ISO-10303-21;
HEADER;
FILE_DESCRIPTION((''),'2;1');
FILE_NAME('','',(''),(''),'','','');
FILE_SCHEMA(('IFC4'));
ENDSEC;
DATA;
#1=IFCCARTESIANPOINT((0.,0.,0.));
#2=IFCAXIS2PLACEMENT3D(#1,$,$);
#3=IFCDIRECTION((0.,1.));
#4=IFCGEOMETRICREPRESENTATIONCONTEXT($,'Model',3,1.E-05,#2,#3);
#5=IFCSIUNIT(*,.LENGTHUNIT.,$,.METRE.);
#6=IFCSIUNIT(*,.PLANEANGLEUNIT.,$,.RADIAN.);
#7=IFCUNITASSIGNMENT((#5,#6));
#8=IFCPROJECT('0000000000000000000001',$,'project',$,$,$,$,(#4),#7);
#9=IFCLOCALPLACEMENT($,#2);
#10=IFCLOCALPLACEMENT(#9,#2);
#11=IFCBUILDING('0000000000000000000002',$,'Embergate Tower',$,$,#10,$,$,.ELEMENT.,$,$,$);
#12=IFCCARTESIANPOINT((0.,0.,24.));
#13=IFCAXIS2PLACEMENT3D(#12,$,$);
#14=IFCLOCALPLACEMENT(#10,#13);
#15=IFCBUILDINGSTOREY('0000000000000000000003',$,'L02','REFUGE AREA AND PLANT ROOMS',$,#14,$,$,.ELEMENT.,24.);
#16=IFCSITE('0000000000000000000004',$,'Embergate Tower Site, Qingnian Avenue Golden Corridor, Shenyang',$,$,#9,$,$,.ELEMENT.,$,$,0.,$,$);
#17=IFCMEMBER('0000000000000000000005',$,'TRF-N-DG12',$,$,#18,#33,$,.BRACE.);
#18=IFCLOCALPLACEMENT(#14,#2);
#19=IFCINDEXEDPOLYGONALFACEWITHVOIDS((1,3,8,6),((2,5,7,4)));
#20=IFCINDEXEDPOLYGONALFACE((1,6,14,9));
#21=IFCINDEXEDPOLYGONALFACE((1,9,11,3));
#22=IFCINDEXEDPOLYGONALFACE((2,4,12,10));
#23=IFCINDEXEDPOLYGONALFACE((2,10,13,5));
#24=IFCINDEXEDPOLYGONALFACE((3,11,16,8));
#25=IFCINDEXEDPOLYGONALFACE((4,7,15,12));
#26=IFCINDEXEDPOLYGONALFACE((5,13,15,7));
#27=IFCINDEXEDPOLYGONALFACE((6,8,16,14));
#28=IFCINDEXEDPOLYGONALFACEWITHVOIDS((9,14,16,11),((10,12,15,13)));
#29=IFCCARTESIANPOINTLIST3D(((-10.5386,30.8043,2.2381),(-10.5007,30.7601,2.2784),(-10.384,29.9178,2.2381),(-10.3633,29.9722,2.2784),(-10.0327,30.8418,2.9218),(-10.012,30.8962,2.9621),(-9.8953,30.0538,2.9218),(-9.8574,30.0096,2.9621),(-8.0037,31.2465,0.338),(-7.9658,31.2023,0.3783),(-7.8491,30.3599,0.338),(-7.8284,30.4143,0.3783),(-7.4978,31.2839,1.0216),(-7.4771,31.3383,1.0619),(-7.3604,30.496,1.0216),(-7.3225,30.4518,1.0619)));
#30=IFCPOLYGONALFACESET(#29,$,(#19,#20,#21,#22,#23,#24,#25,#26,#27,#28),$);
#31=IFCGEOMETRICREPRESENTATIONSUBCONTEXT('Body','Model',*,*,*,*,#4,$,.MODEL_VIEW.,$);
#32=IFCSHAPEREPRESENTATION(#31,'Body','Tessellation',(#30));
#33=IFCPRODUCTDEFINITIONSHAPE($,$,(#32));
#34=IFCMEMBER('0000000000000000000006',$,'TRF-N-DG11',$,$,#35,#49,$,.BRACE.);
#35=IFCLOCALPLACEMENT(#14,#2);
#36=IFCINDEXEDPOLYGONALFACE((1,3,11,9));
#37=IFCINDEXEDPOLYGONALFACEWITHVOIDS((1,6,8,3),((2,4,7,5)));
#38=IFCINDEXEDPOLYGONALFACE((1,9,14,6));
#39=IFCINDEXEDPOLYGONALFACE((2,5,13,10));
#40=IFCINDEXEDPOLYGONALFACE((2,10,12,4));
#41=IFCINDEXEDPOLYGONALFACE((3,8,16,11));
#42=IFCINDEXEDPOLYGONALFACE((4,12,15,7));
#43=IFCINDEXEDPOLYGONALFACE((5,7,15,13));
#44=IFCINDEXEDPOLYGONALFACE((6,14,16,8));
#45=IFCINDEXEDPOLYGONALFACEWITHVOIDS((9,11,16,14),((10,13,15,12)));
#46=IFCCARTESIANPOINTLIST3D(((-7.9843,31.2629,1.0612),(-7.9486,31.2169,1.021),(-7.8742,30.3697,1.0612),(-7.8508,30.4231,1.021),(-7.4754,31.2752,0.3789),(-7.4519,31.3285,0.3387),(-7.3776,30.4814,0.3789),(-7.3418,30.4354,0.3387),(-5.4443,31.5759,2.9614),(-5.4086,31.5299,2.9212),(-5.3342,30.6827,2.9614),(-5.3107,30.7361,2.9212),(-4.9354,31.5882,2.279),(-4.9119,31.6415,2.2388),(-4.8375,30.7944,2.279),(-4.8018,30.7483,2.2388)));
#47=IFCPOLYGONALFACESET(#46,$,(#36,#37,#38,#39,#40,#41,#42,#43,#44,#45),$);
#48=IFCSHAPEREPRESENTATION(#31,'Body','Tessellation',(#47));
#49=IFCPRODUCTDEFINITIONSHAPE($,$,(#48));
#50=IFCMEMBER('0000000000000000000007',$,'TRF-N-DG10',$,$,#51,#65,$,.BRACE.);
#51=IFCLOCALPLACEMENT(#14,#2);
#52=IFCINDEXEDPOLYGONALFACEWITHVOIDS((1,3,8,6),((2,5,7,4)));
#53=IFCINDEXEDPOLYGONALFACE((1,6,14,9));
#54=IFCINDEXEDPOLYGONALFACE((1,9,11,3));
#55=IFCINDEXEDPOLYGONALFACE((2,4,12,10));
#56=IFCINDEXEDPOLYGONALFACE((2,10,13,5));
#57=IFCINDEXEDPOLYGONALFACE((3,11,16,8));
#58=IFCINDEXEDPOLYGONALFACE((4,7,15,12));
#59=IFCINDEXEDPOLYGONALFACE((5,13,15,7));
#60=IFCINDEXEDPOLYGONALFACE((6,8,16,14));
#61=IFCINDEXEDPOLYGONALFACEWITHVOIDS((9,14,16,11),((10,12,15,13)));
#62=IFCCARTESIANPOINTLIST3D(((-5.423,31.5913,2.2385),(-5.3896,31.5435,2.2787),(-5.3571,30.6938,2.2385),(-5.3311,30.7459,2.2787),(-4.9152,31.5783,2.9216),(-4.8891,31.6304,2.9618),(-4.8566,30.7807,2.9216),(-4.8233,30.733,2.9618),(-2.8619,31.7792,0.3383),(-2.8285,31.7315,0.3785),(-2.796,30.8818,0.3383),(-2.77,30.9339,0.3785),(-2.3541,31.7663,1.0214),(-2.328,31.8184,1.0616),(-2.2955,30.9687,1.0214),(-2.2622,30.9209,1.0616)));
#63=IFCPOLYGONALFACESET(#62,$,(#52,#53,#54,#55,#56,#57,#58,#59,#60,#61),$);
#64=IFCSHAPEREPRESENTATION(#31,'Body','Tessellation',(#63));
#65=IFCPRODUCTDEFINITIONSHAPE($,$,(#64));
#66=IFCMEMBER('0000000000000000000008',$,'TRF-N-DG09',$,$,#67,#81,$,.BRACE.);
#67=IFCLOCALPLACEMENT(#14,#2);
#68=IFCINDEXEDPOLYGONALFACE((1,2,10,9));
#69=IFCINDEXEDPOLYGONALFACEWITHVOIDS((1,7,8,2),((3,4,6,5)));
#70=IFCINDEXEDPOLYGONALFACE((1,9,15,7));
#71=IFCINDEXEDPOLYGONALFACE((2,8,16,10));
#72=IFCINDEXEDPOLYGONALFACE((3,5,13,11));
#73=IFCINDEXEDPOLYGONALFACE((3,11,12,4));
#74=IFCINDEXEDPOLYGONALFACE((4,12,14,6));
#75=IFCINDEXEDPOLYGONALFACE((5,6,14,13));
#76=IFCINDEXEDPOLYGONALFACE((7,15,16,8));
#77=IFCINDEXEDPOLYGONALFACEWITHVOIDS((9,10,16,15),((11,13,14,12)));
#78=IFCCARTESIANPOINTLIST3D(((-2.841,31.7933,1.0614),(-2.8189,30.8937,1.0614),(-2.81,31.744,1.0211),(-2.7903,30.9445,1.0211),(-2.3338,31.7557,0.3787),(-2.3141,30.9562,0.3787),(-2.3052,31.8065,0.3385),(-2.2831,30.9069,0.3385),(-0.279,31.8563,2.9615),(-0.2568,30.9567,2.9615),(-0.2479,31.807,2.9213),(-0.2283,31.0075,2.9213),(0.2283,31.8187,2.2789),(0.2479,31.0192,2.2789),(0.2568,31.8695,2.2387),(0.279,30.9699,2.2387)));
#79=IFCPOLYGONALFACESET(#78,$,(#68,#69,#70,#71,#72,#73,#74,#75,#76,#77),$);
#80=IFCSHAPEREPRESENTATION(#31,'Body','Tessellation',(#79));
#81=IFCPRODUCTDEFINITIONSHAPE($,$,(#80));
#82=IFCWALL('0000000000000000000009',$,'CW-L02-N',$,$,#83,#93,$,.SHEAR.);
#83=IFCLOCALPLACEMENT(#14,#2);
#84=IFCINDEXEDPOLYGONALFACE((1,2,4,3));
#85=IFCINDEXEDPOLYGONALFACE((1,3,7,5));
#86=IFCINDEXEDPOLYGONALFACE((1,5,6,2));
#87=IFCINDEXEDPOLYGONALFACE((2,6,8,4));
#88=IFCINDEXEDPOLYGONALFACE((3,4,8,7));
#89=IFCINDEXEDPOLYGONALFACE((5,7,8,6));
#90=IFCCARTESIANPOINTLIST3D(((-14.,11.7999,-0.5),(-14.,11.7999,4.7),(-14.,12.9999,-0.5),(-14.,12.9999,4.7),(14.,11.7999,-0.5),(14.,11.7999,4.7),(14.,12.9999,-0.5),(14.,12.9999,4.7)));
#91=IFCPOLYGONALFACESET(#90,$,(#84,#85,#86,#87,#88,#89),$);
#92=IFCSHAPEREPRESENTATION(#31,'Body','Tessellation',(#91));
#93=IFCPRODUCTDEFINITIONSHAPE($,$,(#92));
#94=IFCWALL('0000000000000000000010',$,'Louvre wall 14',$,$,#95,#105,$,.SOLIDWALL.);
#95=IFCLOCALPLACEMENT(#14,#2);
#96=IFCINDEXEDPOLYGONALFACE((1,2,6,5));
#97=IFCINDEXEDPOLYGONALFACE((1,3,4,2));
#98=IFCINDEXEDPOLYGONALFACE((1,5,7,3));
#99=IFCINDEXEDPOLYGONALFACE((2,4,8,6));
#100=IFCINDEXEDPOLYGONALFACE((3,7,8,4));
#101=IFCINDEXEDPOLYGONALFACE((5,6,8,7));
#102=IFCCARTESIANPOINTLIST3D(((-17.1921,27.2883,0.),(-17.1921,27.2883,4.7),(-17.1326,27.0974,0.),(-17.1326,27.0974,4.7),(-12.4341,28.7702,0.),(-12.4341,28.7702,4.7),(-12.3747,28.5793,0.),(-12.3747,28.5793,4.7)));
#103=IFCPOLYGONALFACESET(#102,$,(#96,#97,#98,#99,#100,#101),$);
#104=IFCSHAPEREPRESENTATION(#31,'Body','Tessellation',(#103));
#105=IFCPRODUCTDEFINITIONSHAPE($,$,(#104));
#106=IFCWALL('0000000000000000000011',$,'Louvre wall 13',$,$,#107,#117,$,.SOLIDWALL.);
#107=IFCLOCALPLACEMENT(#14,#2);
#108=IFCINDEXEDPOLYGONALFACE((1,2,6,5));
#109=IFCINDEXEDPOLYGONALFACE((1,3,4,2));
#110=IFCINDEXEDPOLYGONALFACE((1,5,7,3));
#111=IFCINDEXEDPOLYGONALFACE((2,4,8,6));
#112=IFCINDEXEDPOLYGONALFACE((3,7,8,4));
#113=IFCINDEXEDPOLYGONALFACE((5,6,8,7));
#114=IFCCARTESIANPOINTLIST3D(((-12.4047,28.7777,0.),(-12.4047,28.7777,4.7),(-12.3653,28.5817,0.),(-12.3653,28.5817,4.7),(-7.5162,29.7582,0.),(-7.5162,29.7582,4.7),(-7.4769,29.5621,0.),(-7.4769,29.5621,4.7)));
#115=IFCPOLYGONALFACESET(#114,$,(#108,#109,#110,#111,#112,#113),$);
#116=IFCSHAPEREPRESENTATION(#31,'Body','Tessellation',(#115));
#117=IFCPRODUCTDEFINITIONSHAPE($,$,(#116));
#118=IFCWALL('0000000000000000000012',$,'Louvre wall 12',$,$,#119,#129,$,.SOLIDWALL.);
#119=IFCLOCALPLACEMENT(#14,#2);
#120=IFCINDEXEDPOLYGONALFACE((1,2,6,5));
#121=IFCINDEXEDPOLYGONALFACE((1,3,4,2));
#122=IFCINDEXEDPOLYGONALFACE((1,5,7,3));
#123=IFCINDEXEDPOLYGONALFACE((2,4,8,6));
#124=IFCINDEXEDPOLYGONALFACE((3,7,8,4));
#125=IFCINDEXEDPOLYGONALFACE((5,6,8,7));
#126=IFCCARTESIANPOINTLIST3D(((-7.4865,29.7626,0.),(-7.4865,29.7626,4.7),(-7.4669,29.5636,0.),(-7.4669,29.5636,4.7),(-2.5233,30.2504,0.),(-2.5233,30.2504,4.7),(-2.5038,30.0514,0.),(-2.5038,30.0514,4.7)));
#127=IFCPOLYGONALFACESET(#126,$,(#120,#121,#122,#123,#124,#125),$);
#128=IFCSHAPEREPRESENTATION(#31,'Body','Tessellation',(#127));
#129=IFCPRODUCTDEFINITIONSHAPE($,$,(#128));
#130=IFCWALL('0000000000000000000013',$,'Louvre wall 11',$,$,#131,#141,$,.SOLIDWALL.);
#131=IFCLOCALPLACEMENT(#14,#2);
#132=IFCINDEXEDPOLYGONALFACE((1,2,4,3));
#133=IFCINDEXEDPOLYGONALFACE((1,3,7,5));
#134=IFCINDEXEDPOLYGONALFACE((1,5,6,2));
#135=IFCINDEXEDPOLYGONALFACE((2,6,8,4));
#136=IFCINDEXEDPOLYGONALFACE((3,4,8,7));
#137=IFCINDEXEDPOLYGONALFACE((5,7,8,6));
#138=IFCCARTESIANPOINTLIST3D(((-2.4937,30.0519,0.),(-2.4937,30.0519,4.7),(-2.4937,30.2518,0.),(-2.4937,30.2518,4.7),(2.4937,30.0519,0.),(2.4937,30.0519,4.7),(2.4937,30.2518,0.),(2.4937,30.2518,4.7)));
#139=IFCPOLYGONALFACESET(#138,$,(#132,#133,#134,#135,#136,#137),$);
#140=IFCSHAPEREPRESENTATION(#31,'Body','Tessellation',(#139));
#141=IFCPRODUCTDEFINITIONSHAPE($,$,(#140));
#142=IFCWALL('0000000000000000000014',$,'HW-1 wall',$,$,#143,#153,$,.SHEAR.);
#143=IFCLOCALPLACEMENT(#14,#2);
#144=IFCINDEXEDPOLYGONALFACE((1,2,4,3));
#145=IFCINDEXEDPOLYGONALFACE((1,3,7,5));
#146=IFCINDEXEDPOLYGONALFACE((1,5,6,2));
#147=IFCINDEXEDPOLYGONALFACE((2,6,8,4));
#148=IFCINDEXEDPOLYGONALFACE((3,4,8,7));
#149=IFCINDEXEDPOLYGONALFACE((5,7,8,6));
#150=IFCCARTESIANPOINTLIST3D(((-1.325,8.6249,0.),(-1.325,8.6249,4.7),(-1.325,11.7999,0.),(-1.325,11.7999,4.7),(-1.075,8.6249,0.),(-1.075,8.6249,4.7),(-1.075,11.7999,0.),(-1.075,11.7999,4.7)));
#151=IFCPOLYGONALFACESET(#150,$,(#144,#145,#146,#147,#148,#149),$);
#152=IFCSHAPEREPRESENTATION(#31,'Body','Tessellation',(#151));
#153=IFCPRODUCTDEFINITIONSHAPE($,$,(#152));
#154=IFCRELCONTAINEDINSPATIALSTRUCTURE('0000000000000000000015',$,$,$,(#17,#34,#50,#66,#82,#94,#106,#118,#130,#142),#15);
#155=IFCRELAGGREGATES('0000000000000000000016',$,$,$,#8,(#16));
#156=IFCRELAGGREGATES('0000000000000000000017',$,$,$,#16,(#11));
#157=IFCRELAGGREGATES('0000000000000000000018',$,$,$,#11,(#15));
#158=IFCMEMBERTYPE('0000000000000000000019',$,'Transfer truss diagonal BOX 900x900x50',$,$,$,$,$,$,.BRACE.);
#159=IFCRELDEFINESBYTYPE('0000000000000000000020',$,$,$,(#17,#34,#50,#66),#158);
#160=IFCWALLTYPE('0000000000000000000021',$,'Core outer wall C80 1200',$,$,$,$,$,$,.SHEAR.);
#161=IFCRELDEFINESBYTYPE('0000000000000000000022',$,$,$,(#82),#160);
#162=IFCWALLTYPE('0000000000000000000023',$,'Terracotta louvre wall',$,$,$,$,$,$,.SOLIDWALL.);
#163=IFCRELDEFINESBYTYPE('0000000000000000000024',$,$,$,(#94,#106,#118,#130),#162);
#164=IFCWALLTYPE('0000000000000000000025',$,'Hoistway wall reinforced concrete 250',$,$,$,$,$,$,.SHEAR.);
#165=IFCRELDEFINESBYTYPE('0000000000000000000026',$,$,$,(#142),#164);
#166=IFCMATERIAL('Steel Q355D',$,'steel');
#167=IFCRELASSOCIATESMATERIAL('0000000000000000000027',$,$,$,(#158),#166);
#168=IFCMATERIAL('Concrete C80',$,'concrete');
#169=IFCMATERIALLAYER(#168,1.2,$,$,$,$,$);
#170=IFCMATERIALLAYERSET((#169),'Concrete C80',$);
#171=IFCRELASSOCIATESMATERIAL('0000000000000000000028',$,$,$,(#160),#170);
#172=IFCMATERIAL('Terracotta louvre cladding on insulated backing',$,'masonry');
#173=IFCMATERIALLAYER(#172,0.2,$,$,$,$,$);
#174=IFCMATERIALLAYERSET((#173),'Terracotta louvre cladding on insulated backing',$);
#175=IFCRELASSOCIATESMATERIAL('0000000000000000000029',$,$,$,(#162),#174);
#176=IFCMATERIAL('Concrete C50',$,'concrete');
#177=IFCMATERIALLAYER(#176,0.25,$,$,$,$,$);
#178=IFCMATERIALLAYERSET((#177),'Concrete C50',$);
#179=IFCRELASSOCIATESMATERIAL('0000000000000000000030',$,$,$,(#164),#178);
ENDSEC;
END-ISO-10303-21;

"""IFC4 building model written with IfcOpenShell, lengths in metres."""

from ifc_helpers import new_model, si_unit, direction, frame, frame_2d, origin, origin_2d, place, context, subcontext, project, spatial, rectangle, hollow_rectangle, extrude, source, transform, mapped, material, layer, layer_set, material_profile, profile_set, type_object, element, save


model = new_model("IFC4")

# Units and contexts
model_context = context("Model", 3, precision=1e-05, world=origin(), true_north=direction((0.0, 1.0)))
body_context = subcontext(model_context, "Body", "Model", "MODEL_VIEW")
ifc_project = project(units=[si_unit("LENGTHUNIT", "METRE"), si_unit("PLANEANGLEUNIT", "RADIAN")], contexts=[model_context])

# Site, building, storey
site_placement = place(None, origin())
site = spatial("IfcSite", under=ifc_project, at=site_placement, Name="Embergate Tower Site, Qingnian Avenue Golden Corridor, Shenyang", CompositionType="ELEMENT", RefElevation=0.0)
building_placement = place(site_placement, origin())
building = spatial("IfcBuilding", under=site, at=building_placement, Name="Embergate Tower", CompositionType="ELEMENT")
storey_placement = place(building_placement, frame((0.0, 0.0, 24.0)))
storey = spatial("IfcBuildingStorey", under=building, at=storey_placement, Name="L02", Description="REFUGE AREA AND PLANT ROOMS", CompositionType="ELEMENT", Elevation=24.0)

# Members
ifc_material_1 = material(Name="Steel Q355D", Category="steel")
ifc_material_profile_1 = material_profile(ifc_material_1, hollow_rectangle(XDim=0.8999, YDim=0.8999, WallThickness=0.05, at=origin_2d()), Name="BOX 900x900x50")
ifc_profile_set_1 = profile_set([ifc_material_profile_1], Name="Steel Q355 grade D")
member_type_1 = type_object("IfcMemberType", Name="Transfer truss diagonal BOX 900x900x50", PredefinedType="BRACE", material=ifc_profile_set_1)
shared_shape_1 = source(origin(), body_context, "Body", "SweptSolid", [
    extrude(hollow_rectangle(XDim=0.8999, YDim=0.8999, WallThickness=0.05, at=origin_2d()), origin(), (0.0, 0.0, 1.0), 3.1987),
])
member_1_placement = place(storey_placement, frame((-7.6631, 30.8491, 0.7), z_axis=(-0.792477, -0.138224, 0.594033), x_axis=(0.171826, -0.985127, 0.0)))
element("IfcMember", 1, at=member_1_placement, inside=storey, type_object=member_type_1, Name="TRF-N-DG12", PredefinedType="BRACE", context=body_context, shape_type="MappedRepresentation", body=[
    mapped(shared_shape_1, transform((0.0, 0.0, 0.0))),
])
shared_shape_2 = source(origin(), body_context, "Body", "SweptSolid", [
    extrude(hollow_rectangle(XDim=0.8999, YDim=0.8999, WallThickness=0.05, at=origin_2d()), origin(), (0.0, 0.0, 1.0), 3.1875),
])
member_2_placement = place(storey_placement, frame((-5.123, 31.1621, 2.6001), z_axis=(-0.796869, -0.098192, -0.59612), x_axis=(0.122297, -0.992494, 0.0)))
element("IfcMember", 2, at=member_2_placement, inside=storey, type_object=member_type_1, Name="TRF-N-DG11", PredefinedType="BRACE", context=body_context, shape_type="MappedRepresentation", body=[
    mapped(shared_shape_2, transform((0.0, 0.0, 0.0))),
])
shared_shape_3 = source(origin(), body_context, "Body", "SweptSolid", [
    extrude(hollow_rectangle(XDim=0.8999, YDim=0.8999, WallThickness=0.05, at=origin_2d()), origin(), (0.0, 0.0, 1.0), 3.1946),
])
member_3_placement = place(storey_placement, frame((-2.562, 31.3501, 0.7), z_axis=(-0.801703, -0.058848, 0.594819), x_axis=(0.073206, -0.997317, 0.0)))
element("IfcMember", 3, at=member_3_placement, inside=storey, type_object=member_type_1, Name="TRF-N-DG10", PredefinedType="BRACE", context=body_context, shape_type="MappedRepresentation", body=[
    mapped(shared_shape_3, transform((0.0, 0.0, 0.0))),
])
shared_shape_4 = source(origin(), body_context, "Body", "SweptSolid", [
    extrude(hollow_rectangle(XDim=0.8999, YDim=0.8999, WallThickness=0.05, at=origin_2d()), origin(), (0.0, 0.0, 1.0), 3.1904),
])
member_4_placement = place(storey_placement, frame((0.0, 31.4131, 2.6001), z_axis=(-0.803047, -0.019743, -0.595589), x_axis=(0.024578, -0.999698, 0.0)))
element("IfcMember", 4, at=member_4_placement, inside=storey, type_object=member_type_1, Name="TRF-N-DG09", PredefinedType="BRACE", context=body_context, shape_type="MappedRepresentation", body=[
    mapped(shared_shape_4, transform((0.0, 0.0, 0.0))),
])

# Walls
ifc_material_2 = material(Name="Concrete C80", Category="concrete")
ifc_layer_1 = layer(ifc_material_2, 1.2)
ifc_layer_set_1 = layer_set([ifc_layer_1], Name="Concrete C80")
wall_type_1 = type_object("IfcWallType", Name="Core outer wall C80 1200", PredefinedType="SHEAR", material=ifc_layer_set_1)
shared_shape_5 = source(origin(), body_context, "Body", "SweptSolid", [
    extrude(rectangle(XDim=28.0, YDim=1.2, at=frame_2d((14.0, 0.0))), origin(), (0.0, 0.0, 1.0), 5.2),
])
wall_1_placement = place(storey_placement, frame((-14.0, 12.3999, -0.5), z_axis=(0.0, 0.0, 1.0), x_axis=(1.0, 0.0, 0.0)))
element("IfcWall", 5, at=wall_1_placement, inside=storey, type_object=wall_type_1, Name="CW-L02-N", PredefinedType="SHEAR", context=body_context, shape_type="MappedRepresentation", body=[
    mapped(shared_shape_5, transform((0.0, 0.0, 0.0))),
])
ifc_material_3 = material(Name="Terracotta louvre cladding on insulated backing", Category="masonry")
ifc_layer_2 = layer(ifc_material_3, 0.2)
ifc_layer_set_2 = layer_set([ifc_layer_2], Name="Terracotta louvre cladding on insulated backing")
wall_type_2 = type_object("IfcWallType", Name="Terracotta louvre wall", PredefinedType="SOLIDWALL", material=ifc_layer_set_2)
shared_shape_6 = source(origin(), body_context, "Body", "SweptSolid", [
    extrude(rectangle(XDim=4.9834, YDim=0.2, at=frame_2d((2.4917, 0.0))), origin(), (0.0, 0.0, 1.0), 4.7),
])
wall_2_placement = place(storey_placement, frame((-17.1624, 27.1929, 0.0), z_axis=(0.0, 0.0, 1.0), x_axis=(0.954763, 0.297368, 0.0)))
element("IfcWall", 6, at=wall_2_placement, inside=storey, type_object=wall_type_2, Name="Louvre wall 14", PredefinedType="SOLIDWALL", context=body_context, shape_type="MappedRepresentation", body=[
    mapped(shared_shape_6, transform((0.0, 0.0, 0.0))),
])
shared_shape_7 = source(origin(), body_context, "Body", "SweptSolid", [
    extrude(rectangle(XDim=4.9858, YDim=0.2, at=frame_2d((2.4929, 0.0))), origin(), (0.0, 0.0, 1.0), 4.7),
])
wall_3_placement = place(storey_placement, frame((-12.385, 28.6797, 0.0), z_axis=(0.0, 0.0, 1.0), x_axis=(0.980473, 0.196653, 0.0)))
element("IfcWall", 7, at=wall_3_placement, inside=storey, type_object=wall_type_2, Name="Louvre wall 13", PredefinedType="SOLIDWALL", context=body_context, shape_type="MappedRepresentation", body=[
    mapped(shared_shape_7, transform((0.0, 0.0, 0.0))),
])
shared_shape_8 = source(origin(), body_context, "Body", "SweptSolid", [
    extrude(rectangle(XDim=4.9871, YDim=0.2, at=frame_2d((2.4937, 0.0))), origin(), (0.0, 0.0, 1.0), 4.7),
])
wall_4_placement = place(storey_placement, frame((-7.4768, 29.6631, 0.0), z_axis=(0.0, 0.0, 1.0), x_axis=(0.995205, 0.097812, 0.0)))
element("IfcWall", 8, at=wall_4_placement, inside=storey, type_object=wall_type_2, Name="Louvre wall 12", PredefinedType="SOLIDWALL", context=body_context, shape_type="MappedRepresentation", body=[
    mapped(shared_shape_8, transform((0.0, 0.0, 0.0))),
])
shared_shape_9 = source(origin(), body_context, "Body", "SweptSolid", [
    extrude(rectangle(XDim=4.9873, YDim=0.2, at=frame_2d((2.4937, 0.0))), origin(), (0.0, 0.0, 1.0), 4.7),
])
wall_5_placement = place(storey_placement, frame((-2.4937, 30.1519, 0.0), z_axis=(0.0, 0.0, 1.0), x_axis=(1.0, 0.0, 0.0)))
element("IfcWall", 9, at=wall_5_placement, inside=storey, type_object=wall_type_2, Name="Louvre wall 11", PredefinedType="SOLIDWALL", context=body_context, shape_type="MappedRepresentation", body=[
    mapped(shared_shape_9, transform((0.0, 0.0, 0.0))),
])
ifc_material_4 = material(Name="Concrete C50", Category="concrete")
ifc_layer_3 = layer(ifc_material_4, 0.25)
ifc_layer_set_3 = layer_set([ifc_layer_3], Name="Concrete C50")
wall_type_3 = type_object("IfcWallType", Name="Hoistway wall reinforced concrete 250", PredefinedType="SHEAR", material=ifc_layer_set_3)
shared_shape_10 = source(origin(), body_context, "Body", "SweptSolid", [
    extrude(rectangle(XDim=3.175, YDim=0.25, at=frame_2d((1.5874, 0.0))), origin(), (0.0, 0.0, 1.0), 4.7),
])
wall_6_placement = place(storey_placement, frame((-1.2, 8.625, 0.0), z_axis=(0.0, 0.0, 1.0), x_axis=(0.0, 1.0, 0.0)))
element("IfcWall", 10, at=wall_6_placement, inside=storey, type_object=wall_type_3, Name="HW-1 wall", PredefinedType="SHEAR", context=body_context, shape_type="MappedRepresentation", body=[
    mapped(shared_shape_10, transform((0.0, 0.0, 0.0))),
])

save(model, "model.ifc")
